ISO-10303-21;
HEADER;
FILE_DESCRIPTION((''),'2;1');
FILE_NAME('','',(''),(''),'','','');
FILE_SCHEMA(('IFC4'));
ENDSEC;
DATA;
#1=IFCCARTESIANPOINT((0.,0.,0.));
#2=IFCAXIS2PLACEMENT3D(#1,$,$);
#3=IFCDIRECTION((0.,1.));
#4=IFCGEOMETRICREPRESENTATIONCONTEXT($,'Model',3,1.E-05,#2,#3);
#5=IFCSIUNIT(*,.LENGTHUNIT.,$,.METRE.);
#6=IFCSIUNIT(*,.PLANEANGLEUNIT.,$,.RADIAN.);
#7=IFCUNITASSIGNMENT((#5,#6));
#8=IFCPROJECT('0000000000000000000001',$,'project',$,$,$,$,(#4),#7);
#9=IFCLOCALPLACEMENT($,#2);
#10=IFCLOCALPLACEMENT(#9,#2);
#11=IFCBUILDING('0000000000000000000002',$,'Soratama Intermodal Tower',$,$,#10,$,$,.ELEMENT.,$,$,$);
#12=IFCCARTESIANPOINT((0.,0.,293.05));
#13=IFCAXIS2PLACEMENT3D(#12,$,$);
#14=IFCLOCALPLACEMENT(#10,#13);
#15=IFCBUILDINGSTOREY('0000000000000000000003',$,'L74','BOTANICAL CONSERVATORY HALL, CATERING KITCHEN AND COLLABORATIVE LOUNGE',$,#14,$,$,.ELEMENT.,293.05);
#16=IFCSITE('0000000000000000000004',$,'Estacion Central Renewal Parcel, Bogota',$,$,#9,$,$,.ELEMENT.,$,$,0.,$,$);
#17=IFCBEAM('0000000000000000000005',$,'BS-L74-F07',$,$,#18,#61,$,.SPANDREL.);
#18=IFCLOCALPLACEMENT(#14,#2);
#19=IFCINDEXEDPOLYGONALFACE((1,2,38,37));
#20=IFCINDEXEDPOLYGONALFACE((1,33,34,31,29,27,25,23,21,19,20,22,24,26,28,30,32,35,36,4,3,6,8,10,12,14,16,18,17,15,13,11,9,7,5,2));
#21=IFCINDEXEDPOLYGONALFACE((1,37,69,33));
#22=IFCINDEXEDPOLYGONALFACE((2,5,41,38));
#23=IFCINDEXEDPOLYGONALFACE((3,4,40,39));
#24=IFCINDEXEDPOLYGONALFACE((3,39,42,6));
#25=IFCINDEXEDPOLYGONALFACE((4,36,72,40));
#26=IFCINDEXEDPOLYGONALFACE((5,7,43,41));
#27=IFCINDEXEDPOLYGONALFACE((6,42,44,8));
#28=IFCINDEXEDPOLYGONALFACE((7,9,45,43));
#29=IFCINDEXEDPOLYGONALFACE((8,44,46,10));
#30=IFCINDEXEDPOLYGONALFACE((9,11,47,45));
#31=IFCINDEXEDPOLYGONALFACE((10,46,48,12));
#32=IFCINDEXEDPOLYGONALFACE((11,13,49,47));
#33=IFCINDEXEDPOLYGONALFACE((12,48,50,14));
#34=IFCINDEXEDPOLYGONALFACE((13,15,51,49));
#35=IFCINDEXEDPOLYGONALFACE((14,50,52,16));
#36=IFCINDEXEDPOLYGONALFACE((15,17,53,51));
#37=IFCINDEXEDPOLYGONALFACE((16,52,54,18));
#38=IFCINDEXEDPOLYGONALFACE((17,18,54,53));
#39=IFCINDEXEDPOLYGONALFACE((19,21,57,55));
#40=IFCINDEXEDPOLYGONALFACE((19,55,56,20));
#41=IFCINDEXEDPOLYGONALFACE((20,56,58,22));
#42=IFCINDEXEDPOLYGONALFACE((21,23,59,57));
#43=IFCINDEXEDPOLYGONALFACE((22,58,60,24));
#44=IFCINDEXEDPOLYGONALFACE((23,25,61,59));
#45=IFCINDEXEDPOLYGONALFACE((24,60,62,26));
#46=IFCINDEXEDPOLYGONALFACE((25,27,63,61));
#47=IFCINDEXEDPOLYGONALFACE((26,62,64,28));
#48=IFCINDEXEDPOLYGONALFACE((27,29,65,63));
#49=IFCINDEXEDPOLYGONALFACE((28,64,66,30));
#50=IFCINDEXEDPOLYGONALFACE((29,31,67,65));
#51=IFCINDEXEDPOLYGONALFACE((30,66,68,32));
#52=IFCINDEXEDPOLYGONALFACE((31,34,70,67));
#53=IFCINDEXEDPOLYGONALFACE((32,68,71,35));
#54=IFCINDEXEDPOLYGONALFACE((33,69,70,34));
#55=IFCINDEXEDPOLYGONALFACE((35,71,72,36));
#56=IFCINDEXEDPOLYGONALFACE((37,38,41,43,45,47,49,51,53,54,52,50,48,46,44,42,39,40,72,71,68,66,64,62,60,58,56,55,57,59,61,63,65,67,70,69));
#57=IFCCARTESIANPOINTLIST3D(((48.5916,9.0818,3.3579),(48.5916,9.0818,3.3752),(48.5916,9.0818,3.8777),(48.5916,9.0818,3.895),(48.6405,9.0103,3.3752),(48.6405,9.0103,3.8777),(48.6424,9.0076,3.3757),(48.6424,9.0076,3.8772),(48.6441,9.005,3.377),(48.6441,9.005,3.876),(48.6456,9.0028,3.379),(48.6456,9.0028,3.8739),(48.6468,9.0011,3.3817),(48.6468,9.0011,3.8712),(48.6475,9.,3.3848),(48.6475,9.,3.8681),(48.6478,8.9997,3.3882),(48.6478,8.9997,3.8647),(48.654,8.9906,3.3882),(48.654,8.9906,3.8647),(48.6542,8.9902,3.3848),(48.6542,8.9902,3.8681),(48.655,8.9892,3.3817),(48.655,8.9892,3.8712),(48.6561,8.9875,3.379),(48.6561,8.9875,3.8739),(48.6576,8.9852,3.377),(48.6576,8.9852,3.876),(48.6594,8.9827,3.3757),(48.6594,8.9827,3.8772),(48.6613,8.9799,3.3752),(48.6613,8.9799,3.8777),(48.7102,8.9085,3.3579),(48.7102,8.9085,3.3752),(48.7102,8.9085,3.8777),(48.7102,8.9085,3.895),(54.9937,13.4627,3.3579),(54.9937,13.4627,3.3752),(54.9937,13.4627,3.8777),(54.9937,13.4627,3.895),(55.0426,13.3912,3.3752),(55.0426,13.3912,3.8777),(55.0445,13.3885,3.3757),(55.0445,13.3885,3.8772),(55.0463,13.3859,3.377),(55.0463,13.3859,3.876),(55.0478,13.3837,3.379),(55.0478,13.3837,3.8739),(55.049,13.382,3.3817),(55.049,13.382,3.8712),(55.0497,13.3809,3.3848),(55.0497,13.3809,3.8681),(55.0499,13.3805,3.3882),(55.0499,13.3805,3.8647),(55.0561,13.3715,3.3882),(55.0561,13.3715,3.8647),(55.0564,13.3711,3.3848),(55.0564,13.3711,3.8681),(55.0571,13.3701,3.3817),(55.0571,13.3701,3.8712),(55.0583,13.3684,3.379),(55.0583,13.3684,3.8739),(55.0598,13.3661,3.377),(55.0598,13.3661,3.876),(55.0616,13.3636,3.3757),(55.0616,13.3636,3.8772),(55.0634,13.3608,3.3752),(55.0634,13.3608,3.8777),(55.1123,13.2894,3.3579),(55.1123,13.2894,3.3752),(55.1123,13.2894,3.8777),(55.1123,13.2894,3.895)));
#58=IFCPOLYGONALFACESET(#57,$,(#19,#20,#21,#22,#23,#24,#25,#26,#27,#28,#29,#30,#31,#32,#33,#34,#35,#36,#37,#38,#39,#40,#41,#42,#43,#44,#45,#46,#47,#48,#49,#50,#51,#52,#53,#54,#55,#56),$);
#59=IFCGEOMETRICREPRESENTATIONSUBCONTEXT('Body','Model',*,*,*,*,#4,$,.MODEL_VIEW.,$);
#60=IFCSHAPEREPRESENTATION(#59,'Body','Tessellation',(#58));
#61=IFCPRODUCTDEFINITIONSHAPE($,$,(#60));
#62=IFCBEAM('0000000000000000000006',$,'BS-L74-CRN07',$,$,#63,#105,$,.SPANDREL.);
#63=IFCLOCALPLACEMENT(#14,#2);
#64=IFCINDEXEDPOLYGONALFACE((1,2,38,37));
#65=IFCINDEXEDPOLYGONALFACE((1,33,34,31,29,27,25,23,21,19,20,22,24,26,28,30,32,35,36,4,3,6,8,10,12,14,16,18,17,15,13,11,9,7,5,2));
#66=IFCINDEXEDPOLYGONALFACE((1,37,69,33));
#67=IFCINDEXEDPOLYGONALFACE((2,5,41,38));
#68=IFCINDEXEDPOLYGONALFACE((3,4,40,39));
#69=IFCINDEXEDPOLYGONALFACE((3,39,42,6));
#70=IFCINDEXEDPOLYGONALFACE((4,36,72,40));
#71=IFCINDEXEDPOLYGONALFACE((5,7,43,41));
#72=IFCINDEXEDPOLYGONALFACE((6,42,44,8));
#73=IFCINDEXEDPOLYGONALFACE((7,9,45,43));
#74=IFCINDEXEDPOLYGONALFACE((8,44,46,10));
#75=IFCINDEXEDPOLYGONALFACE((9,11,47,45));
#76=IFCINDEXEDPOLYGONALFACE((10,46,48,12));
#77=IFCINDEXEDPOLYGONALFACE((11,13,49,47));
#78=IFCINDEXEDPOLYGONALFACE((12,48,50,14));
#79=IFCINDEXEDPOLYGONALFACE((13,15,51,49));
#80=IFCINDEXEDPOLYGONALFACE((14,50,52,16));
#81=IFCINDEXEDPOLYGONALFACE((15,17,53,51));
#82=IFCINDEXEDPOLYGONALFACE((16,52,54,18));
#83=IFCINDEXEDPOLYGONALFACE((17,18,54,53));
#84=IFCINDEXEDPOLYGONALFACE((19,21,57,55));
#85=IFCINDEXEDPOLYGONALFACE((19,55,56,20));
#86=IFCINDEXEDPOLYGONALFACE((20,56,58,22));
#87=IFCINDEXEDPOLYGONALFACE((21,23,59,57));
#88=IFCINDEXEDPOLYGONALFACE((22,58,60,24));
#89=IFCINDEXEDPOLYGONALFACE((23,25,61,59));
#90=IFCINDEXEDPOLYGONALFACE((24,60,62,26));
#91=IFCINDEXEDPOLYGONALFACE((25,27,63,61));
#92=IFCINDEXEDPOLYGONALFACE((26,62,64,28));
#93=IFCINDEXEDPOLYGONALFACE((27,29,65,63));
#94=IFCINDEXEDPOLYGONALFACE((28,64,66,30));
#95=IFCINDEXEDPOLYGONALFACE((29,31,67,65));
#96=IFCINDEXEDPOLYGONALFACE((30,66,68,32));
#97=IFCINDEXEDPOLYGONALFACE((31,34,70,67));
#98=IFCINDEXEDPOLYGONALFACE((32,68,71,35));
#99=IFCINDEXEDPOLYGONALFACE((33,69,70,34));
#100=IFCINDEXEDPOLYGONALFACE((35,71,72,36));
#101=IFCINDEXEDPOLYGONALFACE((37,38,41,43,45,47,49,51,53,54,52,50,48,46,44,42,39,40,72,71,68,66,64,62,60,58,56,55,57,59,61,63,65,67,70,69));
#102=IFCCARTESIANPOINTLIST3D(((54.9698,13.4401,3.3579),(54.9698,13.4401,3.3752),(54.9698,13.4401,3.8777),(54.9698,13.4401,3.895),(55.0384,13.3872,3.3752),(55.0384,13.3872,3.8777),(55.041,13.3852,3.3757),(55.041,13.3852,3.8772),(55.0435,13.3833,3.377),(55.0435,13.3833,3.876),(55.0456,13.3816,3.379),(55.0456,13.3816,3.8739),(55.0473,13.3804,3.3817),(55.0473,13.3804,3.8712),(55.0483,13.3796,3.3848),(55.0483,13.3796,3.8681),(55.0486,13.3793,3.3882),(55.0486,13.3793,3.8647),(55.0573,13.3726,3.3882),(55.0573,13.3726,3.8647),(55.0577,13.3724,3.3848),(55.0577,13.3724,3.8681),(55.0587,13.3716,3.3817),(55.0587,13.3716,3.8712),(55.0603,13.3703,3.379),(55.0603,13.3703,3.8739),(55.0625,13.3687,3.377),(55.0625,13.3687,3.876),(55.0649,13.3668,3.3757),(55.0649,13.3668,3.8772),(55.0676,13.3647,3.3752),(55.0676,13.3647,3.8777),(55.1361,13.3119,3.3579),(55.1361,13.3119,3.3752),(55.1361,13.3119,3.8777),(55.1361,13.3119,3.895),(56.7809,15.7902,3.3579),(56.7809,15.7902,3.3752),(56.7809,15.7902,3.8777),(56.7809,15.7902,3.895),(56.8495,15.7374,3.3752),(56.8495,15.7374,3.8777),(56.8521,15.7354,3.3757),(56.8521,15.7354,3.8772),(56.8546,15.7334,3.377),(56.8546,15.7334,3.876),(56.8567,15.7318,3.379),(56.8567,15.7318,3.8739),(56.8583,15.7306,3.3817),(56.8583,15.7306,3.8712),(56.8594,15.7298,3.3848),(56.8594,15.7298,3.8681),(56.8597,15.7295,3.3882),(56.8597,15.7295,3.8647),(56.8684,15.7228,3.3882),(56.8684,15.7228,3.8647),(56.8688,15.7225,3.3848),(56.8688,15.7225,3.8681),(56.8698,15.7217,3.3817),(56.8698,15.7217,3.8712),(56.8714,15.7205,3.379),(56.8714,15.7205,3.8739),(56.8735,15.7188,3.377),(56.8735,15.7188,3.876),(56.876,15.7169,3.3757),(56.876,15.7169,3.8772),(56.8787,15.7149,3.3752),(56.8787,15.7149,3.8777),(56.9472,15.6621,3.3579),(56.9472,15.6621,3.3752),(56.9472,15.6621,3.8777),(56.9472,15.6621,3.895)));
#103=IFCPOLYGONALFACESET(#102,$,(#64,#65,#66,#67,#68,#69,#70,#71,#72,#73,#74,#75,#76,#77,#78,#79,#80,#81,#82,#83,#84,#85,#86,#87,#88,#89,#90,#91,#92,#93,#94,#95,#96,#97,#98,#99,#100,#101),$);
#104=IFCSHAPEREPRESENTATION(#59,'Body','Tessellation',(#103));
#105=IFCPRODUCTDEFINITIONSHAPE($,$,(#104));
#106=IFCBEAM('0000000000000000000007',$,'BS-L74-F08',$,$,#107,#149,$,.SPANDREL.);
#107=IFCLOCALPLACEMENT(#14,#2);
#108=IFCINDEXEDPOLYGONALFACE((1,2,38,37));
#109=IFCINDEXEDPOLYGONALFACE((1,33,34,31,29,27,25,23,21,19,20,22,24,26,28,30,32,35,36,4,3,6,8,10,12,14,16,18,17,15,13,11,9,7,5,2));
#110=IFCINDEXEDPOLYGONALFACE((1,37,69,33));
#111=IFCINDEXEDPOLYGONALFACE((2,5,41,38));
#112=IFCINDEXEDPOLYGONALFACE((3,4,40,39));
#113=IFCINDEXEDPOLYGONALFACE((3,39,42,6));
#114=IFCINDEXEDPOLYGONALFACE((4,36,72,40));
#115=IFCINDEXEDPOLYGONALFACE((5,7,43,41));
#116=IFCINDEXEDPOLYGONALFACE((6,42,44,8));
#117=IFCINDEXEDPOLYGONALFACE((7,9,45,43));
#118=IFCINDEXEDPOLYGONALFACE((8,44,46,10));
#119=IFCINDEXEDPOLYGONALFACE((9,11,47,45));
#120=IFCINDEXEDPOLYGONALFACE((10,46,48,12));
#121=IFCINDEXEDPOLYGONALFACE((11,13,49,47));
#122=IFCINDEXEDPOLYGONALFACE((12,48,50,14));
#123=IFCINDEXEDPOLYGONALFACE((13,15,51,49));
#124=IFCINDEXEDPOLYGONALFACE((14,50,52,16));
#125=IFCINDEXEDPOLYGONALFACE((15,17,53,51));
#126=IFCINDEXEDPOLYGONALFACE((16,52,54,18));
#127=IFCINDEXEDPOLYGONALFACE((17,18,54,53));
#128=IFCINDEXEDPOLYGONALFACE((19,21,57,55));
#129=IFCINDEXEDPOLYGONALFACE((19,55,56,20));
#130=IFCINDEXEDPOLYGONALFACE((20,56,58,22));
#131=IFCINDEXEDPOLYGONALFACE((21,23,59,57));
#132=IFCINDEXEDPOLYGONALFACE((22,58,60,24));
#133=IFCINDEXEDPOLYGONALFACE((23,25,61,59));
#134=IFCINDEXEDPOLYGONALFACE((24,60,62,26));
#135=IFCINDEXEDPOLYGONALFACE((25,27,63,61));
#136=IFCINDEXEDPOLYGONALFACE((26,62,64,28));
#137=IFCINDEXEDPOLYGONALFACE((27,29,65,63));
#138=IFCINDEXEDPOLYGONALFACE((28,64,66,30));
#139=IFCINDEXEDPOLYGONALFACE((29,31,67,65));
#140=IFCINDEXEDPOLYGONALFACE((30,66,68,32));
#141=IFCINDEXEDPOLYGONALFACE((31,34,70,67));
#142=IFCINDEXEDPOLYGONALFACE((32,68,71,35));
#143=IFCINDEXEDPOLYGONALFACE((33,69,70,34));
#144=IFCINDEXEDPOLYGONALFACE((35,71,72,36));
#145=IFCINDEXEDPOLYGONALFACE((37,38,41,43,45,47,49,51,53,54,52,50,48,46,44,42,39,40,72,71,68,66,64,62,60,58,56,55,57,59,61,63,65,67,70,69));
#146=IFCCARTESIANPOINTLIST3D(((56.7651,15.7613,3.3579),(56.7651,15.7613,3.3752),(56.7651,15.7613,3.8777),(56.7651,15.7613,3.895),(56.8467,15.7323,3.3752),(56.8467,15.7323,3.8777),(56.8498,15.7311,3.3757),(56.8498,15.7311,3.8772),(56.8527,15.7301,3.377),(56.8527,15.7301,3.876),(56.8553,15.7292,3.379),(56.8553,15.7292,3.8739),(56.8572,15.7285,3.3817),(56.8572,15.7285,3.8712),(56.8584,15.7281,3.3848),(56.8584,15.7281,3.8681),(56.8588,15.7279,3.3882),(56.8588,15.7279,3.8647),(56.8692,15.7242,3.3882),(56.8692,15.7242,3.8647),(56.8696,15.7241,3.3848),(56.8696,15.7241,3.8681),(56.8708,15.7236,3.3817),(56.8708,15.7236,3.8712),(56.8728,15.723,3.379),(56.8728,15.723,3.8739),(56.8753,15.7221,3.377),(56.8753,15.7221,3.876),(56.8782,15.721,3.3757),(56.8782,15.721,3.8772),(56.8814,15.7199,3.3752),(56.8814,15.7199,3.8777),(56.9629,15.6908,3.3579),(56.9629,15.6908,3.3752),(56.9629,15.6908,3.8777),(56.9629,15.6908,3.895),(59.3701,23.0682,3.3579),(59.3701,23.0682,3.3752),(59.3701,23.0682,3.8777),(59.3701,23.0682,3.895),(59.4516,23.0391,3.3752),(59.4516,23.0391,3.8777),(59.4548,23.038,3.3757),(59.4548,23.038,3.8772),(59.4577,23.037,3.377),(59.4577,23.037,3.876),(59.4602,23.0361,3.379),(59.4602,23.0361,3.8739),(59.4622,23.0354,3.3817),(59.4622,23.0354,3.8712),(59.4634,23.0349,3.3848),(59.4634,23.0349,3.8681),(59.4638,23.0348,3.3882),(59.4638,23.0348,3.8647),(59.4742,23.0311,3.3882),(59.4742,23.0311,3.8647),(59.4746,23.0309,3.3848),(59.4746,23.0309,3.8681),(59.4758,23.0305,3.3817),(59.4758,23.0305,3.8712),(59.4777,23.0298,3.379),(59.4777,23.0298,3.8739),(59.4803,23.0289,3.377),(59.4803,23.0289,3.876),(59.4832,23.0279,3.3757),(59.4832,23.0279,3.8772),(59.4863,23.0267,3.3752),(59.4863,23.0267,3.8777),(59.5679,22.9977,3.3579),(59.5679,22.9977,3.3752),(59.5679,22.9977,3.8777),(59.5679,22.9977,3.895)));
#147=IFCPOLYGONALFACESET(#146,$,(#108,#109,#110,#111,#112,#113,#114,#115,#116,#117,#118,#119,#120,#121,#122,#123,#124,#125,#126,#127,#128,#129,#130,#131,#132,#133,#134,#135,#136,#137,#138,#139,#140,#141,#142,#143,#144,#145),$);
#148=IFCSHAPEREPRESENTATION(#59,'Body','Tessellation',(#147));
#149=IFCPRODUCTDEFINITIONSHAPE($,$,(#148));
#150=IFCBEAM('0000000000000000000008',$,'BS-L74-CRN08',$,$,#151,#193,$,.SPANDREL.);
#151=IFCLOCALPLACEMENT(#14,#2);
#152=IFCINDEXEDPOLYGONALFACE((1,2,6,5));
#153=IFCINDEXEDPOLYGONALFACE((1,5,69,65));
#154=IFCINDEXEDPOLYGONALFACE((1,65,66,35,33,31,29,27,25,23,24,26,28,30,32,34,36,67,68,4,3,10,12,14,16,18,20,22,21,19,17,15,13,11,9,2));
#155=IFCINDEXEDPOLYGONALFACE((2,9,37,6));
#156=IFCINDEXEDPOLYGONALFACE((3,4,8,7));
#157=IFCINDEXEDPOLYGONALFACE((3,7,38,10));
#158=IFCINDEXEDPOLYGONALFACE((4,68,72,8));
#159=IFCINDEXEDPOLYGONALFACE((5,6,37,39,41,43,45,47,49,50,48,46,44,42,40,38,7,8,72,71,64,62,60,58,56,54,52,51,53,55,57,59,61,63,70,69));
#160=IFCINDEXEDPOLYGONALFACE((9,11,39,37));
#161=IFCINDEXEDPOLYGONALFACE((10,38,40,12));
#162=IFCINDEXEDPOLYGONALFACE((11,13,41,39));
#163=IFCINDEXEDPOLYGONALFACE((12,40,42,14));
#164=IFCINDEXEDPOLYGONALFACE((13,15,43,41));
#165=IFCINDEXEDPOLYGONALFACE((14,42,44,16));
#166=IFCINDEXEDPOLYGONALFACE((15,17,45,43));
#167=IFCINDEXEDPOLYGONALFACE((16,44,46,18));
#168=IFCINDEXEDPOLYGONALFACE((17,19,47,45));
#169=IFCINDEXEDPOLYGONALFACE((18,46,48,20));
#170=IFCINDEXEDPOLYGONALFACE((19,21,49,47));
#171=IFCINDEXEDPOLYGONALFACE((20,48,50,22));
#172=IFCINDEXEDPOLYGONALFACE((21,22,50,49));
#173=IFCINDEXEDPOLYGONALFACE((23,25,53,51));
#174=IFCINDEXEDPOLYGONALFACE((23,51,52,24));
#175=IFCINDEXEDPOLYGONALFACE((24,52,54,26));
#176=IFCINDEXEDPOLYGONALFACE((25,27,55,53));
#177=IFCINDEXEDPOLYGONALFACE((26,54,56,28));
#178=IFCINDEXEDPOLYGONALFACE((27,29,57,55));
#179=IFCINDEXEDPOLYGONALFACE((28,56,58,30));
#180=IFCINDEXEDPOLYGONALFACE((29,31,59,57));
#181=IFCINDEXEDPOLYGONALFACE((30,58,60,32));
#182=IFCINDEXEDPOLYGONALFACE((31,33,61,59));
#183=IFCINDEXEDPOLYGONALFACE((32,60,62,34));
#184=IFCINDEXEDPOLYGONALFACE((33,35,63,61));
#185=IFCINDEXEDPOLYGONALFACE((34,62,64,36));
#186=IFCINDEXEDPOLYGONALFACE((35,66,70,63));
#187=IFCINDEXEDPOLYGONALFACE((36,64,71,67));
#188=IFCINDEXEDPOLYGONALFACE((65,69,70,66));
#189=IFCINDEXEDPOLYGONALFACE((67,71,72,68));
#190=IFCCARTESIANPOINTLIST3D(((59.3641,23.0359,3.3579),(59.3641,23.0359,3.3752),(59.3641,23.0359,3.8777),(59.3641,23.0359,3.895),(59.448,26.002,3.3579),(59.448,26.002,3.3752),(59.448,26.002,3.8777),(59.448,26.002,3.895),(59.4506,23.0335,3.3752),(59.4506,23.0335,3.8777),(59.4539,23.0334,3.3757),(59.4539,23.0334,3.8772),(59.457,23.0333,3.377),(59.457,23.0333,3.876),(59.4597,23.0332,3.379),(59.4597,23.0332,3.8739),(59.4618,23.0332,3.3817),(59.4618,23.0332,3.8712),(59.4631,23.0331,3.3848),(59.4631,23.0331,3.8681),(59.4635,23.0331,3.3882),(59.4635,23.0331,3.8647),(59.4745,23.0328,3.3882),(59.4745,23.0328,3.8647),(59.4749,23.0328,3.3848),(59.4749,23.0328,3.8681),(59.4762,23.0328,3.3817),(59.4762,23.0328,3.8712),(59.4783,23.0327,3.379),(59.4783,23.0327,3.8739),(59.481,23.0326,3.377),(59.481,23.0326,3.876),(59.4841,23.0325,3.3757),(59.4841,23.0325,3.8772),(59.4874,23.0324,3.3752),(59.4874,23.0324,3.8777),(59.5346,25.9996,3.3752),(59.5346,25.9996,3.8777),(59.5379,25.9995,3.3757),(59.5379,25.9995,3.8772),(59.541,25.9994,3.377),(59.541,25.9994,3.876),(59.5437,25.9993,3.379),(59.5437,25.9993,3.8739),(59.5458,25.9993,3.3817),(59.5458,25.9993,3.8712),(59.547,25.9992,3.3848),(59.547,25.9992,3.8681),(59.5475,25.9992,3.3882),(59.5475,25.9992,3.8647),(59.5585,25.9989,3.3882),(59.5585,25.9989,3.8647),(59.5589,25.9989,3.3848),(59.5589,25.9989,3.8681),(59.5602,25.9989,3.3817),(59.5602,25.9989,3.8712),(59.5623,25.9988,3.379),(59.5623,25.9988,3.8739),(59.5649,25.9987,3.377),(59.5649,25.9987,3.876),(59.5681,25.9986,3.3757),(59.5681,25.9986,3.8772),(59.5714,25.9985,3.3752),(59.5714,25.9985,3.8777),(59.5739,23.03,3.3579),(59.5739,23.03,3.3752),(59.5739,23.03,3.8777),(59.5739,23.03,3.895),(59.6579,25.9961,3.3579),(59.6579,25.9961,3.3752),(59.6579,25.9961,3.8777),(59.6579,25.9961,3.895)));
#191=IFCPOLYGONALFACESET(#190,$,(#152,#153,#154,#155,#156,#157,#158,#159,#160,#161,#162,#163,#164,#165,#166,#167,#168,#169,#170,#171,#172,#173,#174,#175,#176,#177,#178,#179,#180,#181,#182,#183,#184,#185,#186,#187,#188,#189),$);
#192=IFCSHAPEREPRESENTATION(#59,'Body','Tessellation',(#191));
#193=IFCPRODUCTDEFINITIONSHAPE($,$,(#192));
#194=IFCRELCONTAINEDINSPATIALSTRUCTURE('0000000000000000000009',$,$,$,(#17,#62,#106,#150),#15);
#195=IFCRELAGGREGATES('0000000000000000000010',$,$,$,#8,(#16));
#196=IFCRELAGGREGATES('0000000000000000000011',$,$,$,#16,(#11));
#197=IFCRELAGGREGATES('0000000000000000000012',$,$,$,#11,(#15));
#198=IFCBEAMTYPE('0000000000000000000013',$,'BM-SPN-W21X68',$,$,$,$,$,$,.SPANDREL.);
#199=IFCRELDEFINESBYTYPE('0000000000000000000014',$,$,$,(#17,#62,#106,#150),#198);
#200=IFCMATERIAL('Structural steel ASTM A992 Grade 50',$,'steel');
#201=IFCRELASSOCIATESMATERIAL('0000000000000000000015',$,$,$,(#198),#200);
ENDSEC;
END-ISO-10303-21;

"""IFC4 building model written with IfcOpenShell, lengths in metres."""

from ifc_helpers import new_model, si_unit, direction, frame, origin, origin_2d, place, context, subcontext, project, spatial, i_section, extrude, material, material_profile, profile_set, type_object, element, save


model = new_model("IFC4")

# Units and contexts
model_context = context("Model", 3, precision=1e-05, world=origin(), true_north=direction((0.0, 1.0)))
body_context = subcontext(model_context, "Body", "Model", "MODEL_VIEW")
ifc_project = project(units=[si_unit("LENGTHUNIT", "METRE"), si_unit("PLANEANGLEUNIT", "RADIAN")], contexts=[model_context])

# Site, building, storey
site_placement = place(None, origin())
site = spatial("IfcSite", under=ifc_project, at=site_placement, Name="Estacion Central Renewal Parcel, Bogota", CompositionType="ELEMENT", RefElevation=0.0)
building_placement = place(site_placement, origin())
building = spatial("IfcBuilding", under=site, at=building_placement, Name="Soratama Intermodal Tower", CompositionType="ELEMENT")
storey_placement = place(building_placement, frame((0.0, 0.0, 293.05)))
storey = spatial("IfcBuildingStorey", under=building, at=storey_placement, Name="L74", Description="BOTANICAL CONSERVATORY HALL, CATERING KITCHEN AND COLLABORATIVE LOUNGE", CompositionType="ELEMENT", Elevation=293.05)

# Beams
ifc_material_1 = material(Name="Structural steel ASTM A992 Grade 50", Category="steel")
ifc_material_profile_1 = material_profile(ifc_material_1, i_section(OverallWidth=0.21, OverallDepth=0.5371, WebThickness=0.011, FlangeThickness=0.0173, FilletRadius=0.0129, at=origin_2d()), Name="W21X68")
ifc_profile_set_1 = profile_set([ifc_material_profile_1], Name="Structural steel ASTM A992 Grade 50")
beam_type_1 = type_object("IfcBeamType", Name="BM-SPN-W21X68", PredefinedType="SPANDREL", material=ifc_profile_set_1)
beam_1_placement = place(storey_placement, frame((48.6509, 8.9951, 3.6265), z_axis=(0.825279, 0.564726, 0.0), x_axis=(-0.564726, 0.825279, 0.0)))
element("IfcBeam", 1, at=beam_1_placement, inside=storey, type_object=beam_type_1, Name="BS-L74-F07", PredefinedType="SPANDREL", context=body_context, shape_type="SweptSolid", body=[
    extrude(i_section(OverallWidth=0.21, OverallDepth=0.5371, WebThickness=0.011, FlangeThickness=0.0173, FilletRadius=0.0129, at=origin_2d()), origin(), (0.0, 0.0, 1.0), 7.7576),
])
beam_2_placement = place(storey_placement, frame((55.053, 13.376, 3.6265), z_axis=(0.610402, 0.792091, 0.0), x_axis=(-0.792091, 0.610402, 0.0)))
element("IfcBeam", 2, at=beam_2_placement, inside=storey, type_object=beam_type_1, Name="BS-L74-CRN07", PredefinedType="SPANDREL", context=body_context, shape_type="SweptSolid", body=[
    extrude(i_section(OverallWidth=0.21, OverallDepth=0.5371, WebThickness=0.011, FlangeThickness=0.0173, FilletRadius=0.0129, at=origin_2d()), origin(), (0.0, 0.0, 1.0), 2.967),
])
beam_3_placement = place(storey_placement, frame((56.864, 15.7261, 3.6265), z_axis=(0.335808, 0.94193, 0.0), x_axis=(-0.94193, 0.335808, 0.0)))
element("IfcBeam", 3, at=beam_3_placement, inside=storey, type_object=beam_type_1, Name="BS-L74-F08", PredefinedType="SPANDREL", context=body_context, shape_type="SweptSolid", body=[
    extrude(i_section(OverallWidth=0.21, OverallDepth=0.5371, WebThickness=0.011, FlangeThickness=0.0173, FilletRadius=0.0129, at=origin_2d()), origin(), (0.0, 0.0, 1.0), 7.7573),
])
beam_4_placement = place(storey_placement, frame((59.469, 23.033, 3.6265), z_axis=(0.028304, 0.999599, 0.0), x_axis=(-0.999599, 0.028304, 0.0)))
element("IfcBeam", 4, at=beam_4_placement, inside=storey, type_object=beam_type_1, Name="BS-L74-CRN08", PredefinedType="SPANDREL", context=body_context, shape_type="SweptSolid", body=[
    extrude(i_section(OverallWidth=0.21, OverallDepth=0.5371, WebThickness=0.011, FlangeThickness=0.0173, FilletRadius=0.0129, at=origin_2d()), origin(), (0.0, 0.0, 1.0), 2.9673),
])

save(model, "model.ifc")
